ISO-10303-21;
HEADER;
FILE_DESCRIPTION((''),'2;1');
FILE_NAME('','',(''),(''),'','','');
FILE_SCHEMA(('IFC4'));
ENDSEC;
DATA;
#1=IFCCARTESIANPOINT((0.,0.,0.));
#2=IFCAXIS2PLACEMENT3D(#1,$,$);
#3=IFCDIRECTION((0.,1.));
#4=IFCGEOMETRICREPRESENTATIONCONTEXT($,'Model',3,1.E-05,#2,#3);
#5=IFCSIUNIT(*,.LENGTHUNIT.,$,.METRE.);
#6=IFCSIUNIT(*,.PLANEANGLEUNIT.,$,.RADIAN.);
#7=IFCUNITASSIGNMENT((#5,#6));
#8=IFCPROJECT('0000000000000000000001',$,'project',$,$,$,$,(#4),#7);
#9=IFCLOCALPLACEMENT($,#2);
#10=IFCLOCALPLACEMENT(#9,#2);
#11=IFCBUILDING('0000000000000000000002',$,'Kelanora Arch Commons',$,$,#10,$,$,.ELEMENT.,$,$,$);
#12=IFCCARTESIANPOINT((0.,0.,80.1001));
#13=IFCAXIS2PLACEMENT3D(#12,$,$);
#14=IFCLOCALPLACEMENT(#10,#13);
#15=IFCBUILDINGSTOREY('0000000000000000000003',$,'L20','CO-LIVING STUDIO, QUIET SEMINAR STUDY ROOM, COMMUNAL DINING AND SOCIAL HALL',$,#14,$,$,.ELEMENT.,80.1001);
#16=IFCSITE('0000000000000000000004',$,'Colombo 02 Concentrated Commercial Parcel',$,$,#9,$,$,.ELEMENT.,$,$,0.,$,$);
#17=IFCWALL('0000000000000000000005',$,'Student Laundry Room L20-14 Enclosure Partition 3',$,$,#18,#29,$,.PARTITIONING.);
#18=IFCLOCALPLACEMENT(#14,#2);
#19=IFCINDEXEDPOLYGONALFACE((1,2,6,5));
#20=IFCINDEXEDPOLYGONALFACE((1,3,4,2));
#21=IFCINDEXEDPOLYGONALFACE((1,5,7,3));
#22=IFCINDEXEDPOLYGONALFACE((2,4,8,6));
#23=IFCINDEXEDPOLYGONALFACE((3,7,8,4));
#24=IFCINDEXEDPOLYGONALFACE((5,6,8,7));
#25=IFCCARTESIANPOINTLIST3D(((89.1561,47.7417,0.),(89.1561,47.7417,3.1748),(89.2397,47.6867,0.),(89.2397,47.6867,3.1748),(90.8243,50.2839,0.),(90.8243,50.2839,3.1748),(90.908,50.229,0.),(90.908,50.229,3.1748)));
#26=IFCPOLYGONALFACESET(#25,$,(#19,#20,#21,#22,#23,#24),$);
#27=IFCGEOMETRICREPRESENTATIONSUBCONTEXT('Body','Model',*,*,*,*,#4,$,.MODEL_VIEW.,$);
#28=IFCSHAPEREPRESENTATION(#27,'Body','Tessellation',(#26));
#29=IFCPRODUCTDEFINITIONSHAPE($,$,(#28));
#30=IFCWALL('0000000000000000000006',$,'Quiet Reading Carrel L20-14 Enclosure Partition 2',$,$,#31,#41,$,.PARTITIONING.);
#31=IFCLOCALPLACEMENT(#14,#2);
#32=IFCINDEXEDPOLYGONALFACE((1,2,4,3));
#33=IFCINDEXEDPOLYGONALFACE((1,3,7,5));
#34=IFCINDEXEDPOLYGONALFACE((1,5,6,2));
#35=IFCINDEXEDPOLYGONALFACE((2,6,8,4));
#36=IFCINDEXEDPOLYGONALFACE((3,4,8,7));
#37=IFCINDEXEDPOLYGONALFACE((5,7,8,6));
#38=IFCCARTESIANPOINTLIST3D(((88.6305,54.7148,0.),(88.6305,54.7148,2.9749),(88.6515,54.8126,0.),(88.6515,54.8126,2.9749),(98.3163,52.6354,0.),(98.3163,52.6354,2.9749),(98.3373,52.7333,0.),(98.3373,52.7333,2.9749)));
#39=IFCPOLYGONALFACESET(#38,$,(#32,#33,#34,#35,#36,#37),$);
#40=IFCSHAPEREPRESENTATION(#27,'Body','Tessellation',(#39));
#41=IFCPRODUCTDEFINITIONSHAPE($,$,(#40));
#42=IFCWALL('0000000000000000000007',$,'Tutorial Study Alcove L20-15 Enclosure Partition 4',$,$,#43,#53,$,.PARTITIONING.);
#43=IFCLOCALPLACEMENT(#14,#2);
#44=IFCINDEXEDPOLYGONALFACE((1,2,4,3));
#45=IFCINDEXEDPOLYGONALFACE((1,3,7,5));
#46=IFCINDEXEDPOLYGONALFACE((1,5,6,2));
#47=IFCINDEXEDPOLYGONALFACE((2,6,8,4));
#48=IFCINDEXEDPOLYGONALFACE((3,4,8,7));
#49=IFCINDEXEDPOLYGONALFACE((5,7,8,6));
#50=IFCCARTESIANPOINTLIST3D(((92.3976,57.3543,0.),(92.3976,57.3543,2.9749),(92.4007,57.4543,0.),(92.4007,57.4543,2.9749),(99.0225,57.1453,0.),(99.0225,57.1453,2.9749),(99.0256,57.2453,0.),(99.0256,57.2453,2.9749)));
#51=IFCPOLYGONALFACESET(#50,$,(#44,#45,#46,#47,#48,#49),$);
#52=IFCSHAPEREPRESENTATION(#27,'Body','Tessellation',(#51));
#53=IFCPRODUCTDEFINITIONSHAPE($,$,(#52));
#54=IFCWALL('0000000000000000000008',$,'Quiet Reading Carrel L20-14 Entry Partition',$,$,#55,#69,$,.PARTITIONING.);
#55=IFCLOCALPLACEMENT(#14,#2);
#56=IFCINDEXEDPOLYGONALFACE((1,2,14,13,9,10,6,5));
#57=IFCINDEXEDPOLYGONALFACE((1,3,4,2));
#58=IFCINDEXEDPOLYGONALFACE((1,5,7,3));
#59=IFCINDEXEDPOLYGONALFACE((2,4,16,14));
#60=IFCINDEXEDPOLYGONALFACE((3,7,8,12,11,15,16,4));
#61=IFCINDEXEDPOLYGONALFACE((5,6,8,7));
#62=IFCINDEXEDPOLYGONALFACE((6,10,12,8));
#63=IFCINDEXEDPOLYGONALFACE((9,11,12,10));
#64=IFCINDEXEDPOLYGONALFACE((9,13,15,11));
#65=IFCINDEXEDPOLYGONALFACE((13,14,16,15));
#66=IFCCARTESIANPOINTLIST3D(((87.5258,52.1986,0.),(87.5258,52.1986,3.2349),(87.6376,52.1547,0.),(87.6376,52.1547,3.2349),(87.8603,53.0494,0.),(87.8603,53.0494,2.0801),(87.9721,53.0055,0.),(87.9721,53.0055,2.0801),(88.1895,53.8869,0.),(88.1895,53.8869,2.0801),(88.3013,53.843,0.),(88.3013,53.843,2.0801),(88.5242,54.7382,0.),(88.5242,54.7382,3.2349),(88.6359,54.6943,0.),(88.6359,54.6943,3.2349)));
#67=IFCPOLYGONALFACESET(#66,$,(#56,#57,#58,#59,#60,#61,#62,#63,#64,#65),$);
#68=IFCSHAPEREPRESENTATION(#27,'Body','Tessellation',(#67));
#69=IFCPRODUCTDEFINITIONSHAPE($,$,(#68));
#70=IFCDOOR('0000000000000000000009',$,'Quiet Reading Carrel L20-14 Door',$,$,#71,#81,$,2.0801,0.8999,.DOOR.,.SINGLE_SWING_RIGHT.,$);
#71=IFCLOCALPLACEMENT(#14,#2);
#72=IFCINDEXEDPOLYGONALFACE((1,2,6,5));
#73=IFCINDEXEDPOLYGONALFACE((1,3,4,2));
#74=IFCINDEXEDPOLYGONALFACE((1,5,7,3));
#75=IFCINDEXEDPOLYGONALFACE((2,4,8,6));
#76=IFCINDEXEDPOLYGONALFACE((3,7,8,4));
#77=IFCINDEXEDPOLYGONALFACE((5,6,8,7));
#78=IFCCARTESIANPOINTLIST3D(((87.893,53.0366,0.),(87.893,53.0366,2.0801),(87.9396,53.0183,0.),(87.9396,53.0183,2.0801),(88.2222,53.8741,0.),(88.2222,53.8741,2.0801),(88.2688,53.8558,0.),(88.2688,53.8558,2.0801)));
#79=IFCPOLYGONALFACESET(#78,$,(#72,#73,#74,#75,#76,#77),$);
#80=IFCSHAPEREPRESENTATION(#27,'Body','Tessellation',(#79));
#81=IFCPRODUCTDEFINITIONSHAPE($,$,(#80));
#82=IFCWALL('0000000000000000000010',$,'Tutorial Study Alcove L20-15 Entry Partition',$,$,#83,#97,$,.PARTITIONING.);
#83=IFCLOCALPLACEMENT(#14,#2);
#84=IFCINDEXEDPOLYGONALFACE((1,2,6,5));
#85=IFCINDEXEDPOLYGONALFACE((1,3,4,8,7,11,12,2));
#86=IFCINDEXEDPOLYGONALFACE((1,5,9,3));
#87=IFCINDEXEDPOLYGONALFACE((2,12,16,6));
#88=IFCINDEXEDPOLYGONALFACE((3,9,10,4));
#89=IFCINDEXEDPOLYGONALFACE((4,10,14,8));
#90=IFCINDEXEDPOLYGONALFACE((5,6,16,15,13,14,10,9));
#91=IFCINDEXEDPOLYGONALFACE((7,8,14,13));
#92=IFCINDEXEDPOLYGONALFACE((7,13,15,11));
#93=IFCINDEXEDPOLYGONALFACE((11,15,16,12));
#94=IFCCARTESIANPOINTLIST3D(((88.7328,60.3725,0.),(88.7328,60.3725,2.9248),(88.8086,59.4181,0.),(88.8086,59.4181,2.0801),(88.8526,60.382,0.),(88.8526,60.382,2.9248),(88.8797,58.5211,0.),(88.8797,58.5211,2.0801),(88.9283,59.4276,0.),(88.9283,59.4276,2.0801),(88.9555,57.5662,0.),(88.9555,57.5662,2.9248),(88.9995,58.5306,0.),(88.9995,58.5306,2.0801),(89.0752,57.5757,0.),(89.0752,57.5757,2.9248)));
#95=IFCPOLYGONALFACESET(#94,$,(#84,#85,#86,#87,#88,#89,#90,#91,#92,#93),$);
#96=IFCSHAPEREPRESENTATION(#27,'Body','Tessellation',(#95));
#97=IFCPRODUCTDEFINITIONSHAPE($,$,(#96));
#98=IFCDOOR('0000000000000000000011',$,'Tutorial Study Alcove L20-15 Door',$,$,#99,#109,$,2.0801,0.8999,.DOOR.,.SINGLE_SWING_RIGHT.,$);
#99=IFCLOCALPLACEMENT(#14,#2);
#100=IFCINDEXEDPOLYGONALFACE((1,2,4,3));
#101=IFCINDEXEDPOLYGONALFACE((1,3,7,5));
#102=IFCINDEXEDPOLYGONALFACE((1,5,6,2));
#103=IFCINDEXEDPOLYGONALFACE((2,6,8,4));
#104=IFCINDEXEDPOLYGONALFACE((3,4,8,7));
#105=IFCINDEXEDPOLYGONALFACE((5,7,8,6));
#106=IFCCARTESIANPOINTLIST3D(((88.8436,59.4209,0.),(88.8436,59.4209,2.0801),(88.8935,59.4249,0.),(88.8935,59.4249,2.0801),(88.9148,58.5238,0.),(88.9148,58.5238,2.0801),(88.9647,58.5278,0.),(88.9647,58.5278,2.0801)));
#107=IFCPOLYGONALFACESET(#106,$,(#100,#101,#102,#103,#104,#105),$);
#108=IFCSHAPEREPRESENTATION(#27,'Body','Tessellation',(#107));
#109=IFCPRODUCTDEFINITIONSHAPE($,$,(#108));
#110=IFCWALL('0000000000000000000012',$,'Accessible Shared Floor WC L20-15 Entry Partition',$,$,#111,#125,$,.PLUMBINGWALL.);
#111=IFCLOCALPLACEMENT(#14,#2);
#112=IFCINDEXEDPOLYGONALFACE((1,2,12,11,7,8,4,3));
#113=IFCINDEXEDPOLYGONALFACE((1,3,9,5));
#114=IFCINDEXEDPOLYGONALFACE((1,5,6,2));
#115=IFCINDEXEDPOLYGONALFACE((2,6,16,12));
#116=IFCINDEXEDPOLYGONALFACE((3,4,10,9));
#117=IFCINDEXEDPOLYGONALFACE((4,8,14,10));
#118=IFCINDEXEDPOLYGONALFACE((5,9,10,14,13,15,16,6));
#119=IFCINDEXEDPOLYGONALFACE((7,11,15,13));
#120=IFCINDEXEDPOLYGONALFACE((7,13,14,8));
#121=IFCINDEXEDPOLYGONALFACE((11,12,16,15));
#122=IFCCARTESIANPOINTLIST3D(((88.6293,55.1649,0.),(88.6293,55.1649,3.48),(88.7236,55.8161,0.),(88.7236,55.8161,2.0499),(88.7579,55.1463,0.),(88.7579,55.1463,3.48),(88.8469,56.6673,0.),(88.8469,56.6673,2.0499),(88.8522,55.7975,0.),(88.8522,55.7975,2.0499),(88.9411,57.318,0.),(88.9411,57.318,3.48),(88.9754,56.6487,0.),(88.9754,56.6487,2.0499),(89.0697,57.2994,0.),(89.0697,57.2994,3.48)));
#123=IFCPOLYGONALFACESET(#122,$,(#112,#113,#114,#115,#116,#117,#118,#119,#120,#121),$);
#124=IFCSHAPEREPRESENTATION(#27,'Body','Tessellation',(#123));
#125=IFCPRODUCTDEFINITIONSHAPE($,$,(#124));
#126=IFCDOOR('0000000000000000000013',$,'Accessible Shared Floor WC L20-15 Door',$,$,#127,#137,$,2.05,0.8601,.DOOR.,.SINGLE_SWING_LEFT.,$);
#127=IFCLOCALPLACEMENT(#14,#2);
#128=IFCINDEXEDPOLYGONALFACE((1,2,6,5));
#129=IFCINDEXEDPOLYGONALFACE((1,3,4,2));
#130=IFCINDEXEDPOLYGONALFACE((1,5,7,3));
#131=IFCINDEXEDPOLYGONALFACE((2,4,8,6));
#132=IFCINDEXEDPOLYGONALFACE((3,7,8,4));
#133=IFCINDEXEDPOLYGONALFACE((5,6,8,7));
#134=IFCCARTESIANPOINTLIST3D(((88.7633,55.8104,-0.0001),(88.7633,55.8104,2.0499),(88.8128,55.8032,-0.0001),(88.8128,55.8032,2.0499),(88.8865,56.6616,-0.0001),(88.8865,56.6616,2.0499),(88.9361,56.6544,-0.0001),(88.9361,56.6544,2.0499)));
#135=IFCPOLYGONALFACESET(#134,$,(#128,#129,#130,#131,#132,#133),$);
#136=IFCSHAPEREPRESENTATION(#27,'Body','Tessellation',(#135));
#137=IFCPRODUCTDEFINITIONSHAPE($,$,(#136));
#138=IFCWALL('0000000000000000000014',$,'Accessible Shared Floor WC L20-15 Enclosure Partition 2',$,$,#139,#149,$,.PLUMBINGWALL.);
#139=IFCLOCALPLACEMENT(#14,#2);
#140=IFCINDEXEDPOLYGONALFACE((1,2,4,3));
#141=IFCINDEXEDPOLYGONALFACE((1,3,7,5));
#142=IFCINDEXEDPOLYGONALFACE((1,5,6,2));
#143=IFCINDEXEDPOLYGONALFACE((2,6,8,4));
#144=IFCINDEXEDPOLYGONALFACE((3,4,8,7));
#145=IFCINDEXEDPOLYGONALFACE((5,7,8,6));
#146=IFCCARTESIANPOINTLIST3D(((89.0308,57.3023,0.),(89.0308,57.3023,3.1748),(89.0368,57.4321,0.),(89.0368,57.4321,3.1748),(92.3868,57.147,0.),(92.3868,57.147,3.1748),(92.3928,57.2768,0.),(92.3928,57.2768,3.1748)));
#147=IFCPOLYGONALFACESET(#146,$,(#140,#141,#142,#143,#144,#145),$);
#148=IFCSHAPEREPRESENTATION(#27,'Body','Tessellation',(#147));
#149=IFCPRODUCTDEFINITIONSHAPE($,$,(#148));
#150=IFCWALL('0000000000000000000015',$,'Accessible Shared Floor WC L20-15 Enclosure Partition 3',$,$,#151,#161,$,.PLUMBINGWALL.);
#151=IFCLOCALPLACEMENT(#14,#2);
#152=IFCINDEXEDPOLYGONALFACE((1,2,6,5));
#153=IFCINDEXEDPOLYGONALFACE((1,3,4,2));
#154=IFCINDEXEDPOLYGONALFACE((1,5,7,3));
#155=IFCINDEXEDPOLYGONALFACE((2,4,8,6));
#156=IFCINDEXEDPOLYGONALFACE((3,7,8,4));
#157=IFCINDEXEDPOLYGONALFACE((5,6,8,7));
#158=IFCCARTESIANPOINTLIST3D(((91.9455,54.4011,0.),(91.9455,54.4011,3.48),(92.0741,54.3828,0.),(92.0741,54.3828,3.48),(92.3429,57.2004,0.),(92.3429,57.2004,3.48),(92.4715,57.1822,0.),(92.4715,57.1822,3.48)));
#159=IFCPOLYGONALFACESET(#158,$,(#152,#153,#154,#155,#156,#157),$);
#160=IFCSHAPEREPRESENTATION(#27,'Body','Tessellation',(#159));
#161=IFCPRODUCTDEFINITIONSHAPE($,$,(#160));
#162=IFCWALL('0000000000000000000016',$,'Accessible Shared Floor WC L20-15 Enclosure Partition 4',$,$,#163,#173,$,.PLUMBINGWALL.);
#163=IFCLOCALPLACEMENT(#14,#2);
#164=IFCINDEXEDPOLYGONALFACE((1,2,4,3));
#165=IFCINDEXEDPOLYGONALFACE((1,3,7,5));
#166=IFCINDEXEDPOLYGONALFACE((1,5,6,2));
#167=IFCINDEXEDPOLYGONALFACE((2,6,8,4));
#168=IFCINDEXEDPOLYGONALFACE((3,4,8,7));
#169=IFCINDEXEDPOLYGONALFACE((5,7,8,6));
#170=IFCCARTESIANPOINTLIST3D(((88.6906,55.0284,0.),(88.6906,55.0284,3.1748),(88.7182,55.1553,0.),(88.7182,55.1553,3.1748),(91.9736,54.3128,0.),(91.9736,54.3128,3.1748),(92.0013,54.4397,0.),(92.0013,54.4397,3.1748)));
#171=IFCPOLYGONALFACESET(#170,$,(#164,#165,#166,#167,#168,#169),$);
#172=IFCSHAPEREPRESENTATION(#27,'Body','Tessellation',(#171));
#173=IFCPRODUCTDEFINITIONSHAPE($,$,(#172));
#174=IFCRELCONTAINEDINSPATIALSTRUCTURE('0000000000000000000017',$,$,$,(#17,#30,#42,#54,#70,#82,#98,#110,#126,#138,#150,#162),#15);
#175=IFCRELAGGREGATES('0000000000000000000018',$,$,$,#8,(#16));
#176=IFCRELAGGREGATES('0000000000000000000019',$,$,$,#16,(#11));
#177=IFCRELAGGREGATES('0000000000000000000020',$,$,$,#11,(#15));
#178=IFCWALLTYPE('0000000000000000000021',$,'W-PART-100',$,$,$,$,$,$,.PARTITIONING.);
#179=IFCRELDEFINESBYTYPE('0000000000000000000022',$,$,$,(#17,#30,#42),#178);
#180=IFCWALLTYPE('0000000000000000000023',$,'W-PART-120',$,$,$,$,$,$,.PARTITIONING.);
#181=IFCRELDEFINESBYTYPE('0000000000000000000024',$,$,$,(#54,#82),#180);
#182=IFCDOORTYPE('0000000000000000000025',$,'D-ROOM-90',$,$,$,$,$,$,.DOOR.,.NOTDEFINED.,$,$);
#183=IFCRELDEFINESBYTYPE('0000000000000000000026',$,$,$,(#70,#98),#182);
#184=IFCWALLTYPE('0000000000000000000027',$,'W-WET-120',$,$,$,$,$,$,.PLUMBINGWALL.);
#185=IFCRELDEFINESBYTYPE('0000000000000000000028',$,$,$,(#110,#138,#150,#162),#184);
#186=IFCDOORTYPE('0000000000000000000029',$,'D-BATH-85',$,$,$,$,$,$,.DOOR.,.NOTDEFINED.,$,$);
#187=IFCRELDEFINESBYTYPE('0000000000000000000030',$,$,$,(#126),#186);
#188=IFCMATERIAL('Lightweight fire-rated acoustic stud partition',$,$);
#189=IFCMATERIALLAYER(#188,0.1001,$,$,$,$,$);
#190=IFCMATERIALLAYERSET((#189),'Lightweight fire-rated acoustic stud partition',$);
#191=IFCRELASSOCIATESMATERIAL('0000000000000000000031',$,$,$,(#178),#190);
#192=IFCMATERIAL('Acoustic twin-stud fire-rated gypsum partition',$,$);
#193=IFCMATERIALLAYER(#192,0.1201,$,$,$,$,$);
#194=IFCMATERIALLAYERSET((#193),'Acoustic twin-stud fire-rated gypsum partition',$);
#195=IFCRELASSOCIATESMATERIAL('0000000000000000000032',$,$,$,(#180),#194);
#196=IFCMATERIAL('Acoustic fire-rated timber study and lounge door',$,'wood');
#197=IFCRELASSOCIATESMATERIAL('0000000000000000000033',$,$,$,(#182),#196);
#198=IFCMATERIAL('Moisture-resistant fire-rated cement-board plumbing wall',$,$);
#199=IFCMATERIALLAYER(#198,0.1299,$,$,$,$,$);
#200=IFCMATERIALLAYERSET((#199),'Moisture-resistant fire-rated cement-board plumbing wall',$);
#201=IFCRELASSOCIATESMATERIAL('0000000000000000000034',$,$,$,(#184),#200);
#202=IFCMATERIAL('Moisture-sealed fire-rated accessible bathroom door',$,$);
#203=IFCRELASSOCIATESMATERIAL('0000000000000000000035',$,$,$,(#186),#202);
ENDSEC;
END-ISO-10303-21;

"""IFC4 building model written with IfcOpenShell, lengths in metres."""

from ifc_helpers import new_model, si_unit, direction, frame, frame_2d, origin, place, context, subcontext, project, spatial, rectangle, extrude, material, layer, layer_set, type_object, element, fill, save


model = new_model("IFC4")

# Units and contexts
model_context = context("Model", 3, precision=1e-05, world=origin(), true_north=direction((0.0, 1.0)))
body_context = subcontext(model_context, "Body", "Model", "MODEL_VIEW")
ifc_project = project(units=[si_unit("LENGTHUNIT", "METRE"), si_unit("PLANEANGLEUNIT", "RADIAN")], contexts=[model_context])

# Site, building, storey
site_placement = place(None, origin())
site = spatial("IfcSite", under=ifc_project, at=site_placement, Name="Colombo 02 Concentrated Commercial Parcel", CompositionType="ELEMENT", RefElevation=0.0)
building_placement = place(site_placement, origin())
building = spatial("IfcBuilding", under=site, at=building_placement, Name="Kelanora Arch Commons", CompositionType="ELEMENT")
storey_placement = place(building_placement, frame((0.0, 0.0, 80.1001)))
storey = spatial("IfcBuildingStorey", under=building, at=storey_placement, Name="L20", Description="CO-LIVING STUDIO, QUIET SEMINAR STUDY ROOM, COMMUNAL DINING AND SOCIAL HALL", CompositionType="ELEMENT", Elevation=80.1001)

# Walls
ifc_material_1 = material(Name="Lightweight fire-rated acoustic stud partition")
ifc_layer_1 = layer(ifc_material_1, 0.1001)
ifc_layer_set_1 = layer_set([ifc_layer_1], Name="Lightweight fire-rated acoustic stud partition")
wall_type_1 = type_object("IfcWallType", Name="W-PART-100", PredefinedType="PARTITIONING", material=ifc_layer_set_1)
wall_1_placement = place(storey_placement, frame((90.8662, 50.2566, 0.0), z_axis=(0.0, 0.0, 1.0), x_axis=(-0.548627, -0.836067, 0.0)))
element("IfcWall", 1, at=wall_1_placement, inside=storey, type_object=wall_type_1, Name="Student Laundry Room L20-14 Enclosure Partition 3", PredefinedType="PARTITIONING", context=body_context, shape_type="SweptSolid", body=[
    extrude(rectangle(XDim=3.0408, YDim=0.1001, at=frame_2d((1.5205, 0.0))), origin(), (0.0, 0.0, 1.0), 3.1748),
])
wall_2_placement = place(storey_placement, frame((88.6411, 54.7637, 0.0), z_axis=(0.0, 0.0, 1.0), x_axis=(0.977723, -0.209898, 0.0)))
element("IfcWall", 2, at=wall_2_placement, inside=storey, type_object=wall_type_1, Name="Quiet Reading Carrel L20-14 Enclosure Partition 2", PredefinedType="PARTITIONING", context=body_context, shape_type="SweptSolid", body=[
    extrude(rectangle(XDim=9.9065, YDim=0.1001, at=frame_2d((4.9531, 0.0))), origin(), (0.0, 0.0, 1.0), 2.9749),
])
wall_3_placement = place(storey_placement, frame((99.0239, 57.1953, 0.0), z_axis=(0.0, 0.0, 1.0), x_axis=(-0.999503, 0.031529, 0.0)))
element("IfcWall", 3, at=wall_3_placement, inside=storey, type_object=wall_type_1, Name="Tutorial Study Alcove L20-15 Enclosure Partition 4", PredefinedType="PARTITIONING", context=body_context, shape_type="SweptSolid", body=[
    extrude(rectangle(XDim=6.6282, YDim=0.1001, at=frame_2d((3.314, 0.0))), origin(), (0.0, 0.0, 1.0), 2.9749),
])

# Walls, openings, doors
ifc_material_2 = material(Name="Acoustic twin-stud fire-rated gypsum partition")
ifc_layer_2 = layer(ifc_material_2, 0.1201)
ifc_layer_set_2 = layer_set([ifc_layer_2], Name="Acoustic twin-stud fire-rated gypsum partition")
wall_type_2 = type_object("IfcWallType", Name="W-PART-120", PredefinedType="PARTITIONING", material=ifc_layer_set_2)
wall_4_placement = place(storey_placement, frame((87.5818, 52.1768, 0.0), z_axis=(0.0, 0.0, 1.0), x_axis=(0.365846, 0.930675, 0.0)))
wall_4 = element("IfcWall", 4, at=wall_4_placement, inside=storey, type_object=wall_type_2, Name="Quiet Reading Carrel L20-14 Entry Partition", PredefinedType="PARTITIONING", context=body_context, shape_type="SweptSolid", body=[
    extrude(rectangle(XDim=2.7288, YDim=0.1201, at=frame_2d((1.3643, 0.0))), origin(), (0.0, 0.0, 1.0), 3.2349),
])
opening_1_placement = place(wall_4_placement, frame((0.9141, 0.0, 0.0)))
opening_1 = element("IfcOpeningElement", 5, at=opening_1_placement, cuts=wall_4, PredefinedType="OPENING", context=body_context, shape_type="SweptSolid", body=[
    extrude(rectangle(XDim=0.8999, YDim=2.0801, at=frame_2d((0.45, 1.04))), frame((0.0, 0.0701, 0.0), z_axis=(0.0, -1.0, 0.0), x_axis=(1.0, 0.0, 0.0)), (0.0, 0.0, 1.0), 0.1401),
])
ifc_material_3 = material(Name="Acoustic fire-rated timber study and lounge door", Category="wood")
door_type_1 = type_object("IfcDoorType", Name="D-ROOM-90", OperationType="NOTDEFINED", PredefinedType="DOOR", material=ifc_material_3)
door_1_placement = place(opening_1_placement, origin())
door_1 = element("IfcDoor", 6, at=door_1_placement, inside=storey, type_object=door_type_1, Name="Quiet Reading Carrel L20-14 Door", OperationType="SINGLE_SWING_RIGHT", OverallHeight=2.0801, OverallWidth=0.8999, PredefinedType="DOOR", context=body_context, shape_type="SweptSolid", body=[
    extrude(rectangle(XDim=0.8999, YDim=2.0801, at=frame_2d((0.45, 1.04))), frame((0.0, 0.0249, 0.0), z_axis=(0.0, -1.0, 0.0), x_axis=(1.0, 0.0, 0.0)), (0.0, 0.0, 1.0), 0.05),
])
fill(opening_1, door_1)
wall_5_placement = place(storey_placement, frame((89.0154, 57.5708, 0.0), z_axis=(0.0, 0.0, 1.0), x_axis=(-0.07909, 0.996867, 0.0)))
wall_5 = element("IfcWall", 7, at=wall_5_placement, inside=storey, type_object=wall_type_2, Name="Tutorial Study Alcove L20-15 Entry Partition", PredefinedType="PARTITIONING", context=body_context, shape_type="SweptSolid", body=[
    extrude(rectangle(XDim=2.8152, YDim=0.1201, at=frame_2d((1.4077, 0.0))), origin(), (0.0, 0.0, 1.0), 2.9248),
])
opening_2_placement = place(wall_5_placement, frame((0.958, 0.0, 0.0)))
opening_2 = element("IfcOpeningElement", 8, at=opening_2_placement, cuts=wall_5, PredefinedType="OPENING", context=body_context, shape_type="SweptSolid", body=[
    extrude(rectangle(XDim=0.8999, YDim=2.0801, at=frame_2d((0.45, 1.04))), frame((0.0, 0.0701, 0.0), z_axis=(0.0, -1.0, 0.0), x_axis=(1.0, 0.0, 0.0)), (0.0, 0.0, 1.0), 0.1401),
])
door_2_placement = place(opening_2_placement, origin())
door_2 = element("IfcDoor", 9, at=door_2_placement, inside=storey, type_object=door_type_1, Name="Tutorial Study Alcove L20-15 Door", OperationType="SINGLE_SWING_RIGHT", OverallHeight=2.0801, OverallWidth=0.8999, PredefinedType="DOOR", context=body_context, shape_type="SweptSolid", body=[
    extrude(rectangle(XDim=0.8999, YDim=2.0801, at=frame_2d((0.45, 1.04))), frame((0.0, 0.0249, 0.0), z_axis=(0.0, -1.0, 0.0), x_axis=(1.0, 0.0, 0.0)), (0.0, 0.0, 1.0), 0.05),
])
fill(opening_2, door_2)
ifc_material_4 = material(Name="Moisture-resistant fire-rated cement-board plumbing wall")
ifc_layer_3 = layer(ifc_material_4, 0.1299)
ifc_layer_set_3 = layer_set([ifc_layer_3], Name="Moisture-resistant fire-rated cement-board plumbing wall")
wall_type_3 = type_object("IfcWallType", Name="W-WET-120", PredefinedType="PLUMBINGWALL", material=ifc_layer_set_3)
wall_6_placement = place(storey_placement, frame((88.6936, 55.1555, 0.0), z_axis=(0.0, 0.0, 1.0), x_axis=(0.143306, 0.989678, 0.0)))
wall_6 = element("IfcWall", 10, at=wall_6_placement, inside=storey, type_object=wall_type_3, Name="Accessible Shared Floor WC L20-15 Entry Partition", PredefinedType="PLUMBINGWALL", context=body_context, shape_type="SweptSolid", body=[
    extrude(rectangle(XDim=2.1755, YDim=0.1299, at=frame_2d((1.0879, 0.0))), origin(), (0.0, 0.0, 1.0), 3.48),
])
opening_3_placement = place(wall_6_placement, frame((0.658, 0.0, 0.0)))
opening_3 = element("IfcOpeningElement", 11, at=opening_3_placement, cuts=wall_6, PredefinedType="OPENING", context=body_context, shape_type="SweptSolid", body=[
    extrude(rectangle(XDim=0.8601, YDim=2.05, at=frame_2d((0.4302, 1.0249))), frame((0.0, 0.075, 0.0), z_axis=(0.0, -1.0, 0.0), x_axis=(1.0, 0.0, 0.0)), (0.0, 0.0, 1.0), 0.1499),
])
ifc_material_5 = material(Name="Moisture-sealed fire-rated accessible bathroom door")
door_type_2 = type_object("IfcDoorType", Name="D-BATH-85", OperationType="NOTDEFINED", PredefinedType="DOOR", material=ifc_material_5)
door_3_placement = place(opening_3_placement, origin())
door_3 = element("IfcDoor", 12, at=door_3_placement, inside=storey, type_object=door_type_2, Name="Accessible Shared Floor WC L20-15 Door", OperationType="SINGLE_SWING_LEFT", OverallHeight=2.05, OverallWidth=0.8601, PredefinedType="DOOR", context=body_context, shape_type="SweptSolid", body=[
    extrude(rectangle(XDim=0.8601, YDim=2.05, at=frame_2d((0.4302, 1.0249))), frame((0.0, 0.0249, 0.0), z_axis=(0.0, -1.0, 0.0), x_axis=(1.0, 0.0, 0.0)), (0.0, 0.0, 1.0), 0.05),
])
fill(opening_3, door_3)

# Walls
wall_7_placement = place(storey_placement, frame((89.0339, 57.3672, 0.0), z_axis=(0.0, 0.0, 1.0), x_axis=(0.998931, -0.046219, 0.0)))
element("IfcWall", 13, at=wall_7_placement, inside=storey, type_object=wall_type_3, Name="Accessible Shared Floor WC L20-15 Enclosure Partition 2", PredefinedType="PLUMBINGWALL", context=body_context, shape_type="SweptSolid", body=[
    extrude(rectangle(XDim=3.3596, YDim=0.1299, at=frame_2d((1.6797, 0.0))), origin(), (0.0, 0.0, 1.0), 3.1748),
])
wall_8_placement = place(storey_placement, frame((92.4072, 57.1912, 0.0), z_axis=(0.0, 0.0, 1.0), x_axis=(-0.140575, -0.99007, 0.0)))
element("IfcWall", 14, at=wall_8_placement, inside=storey, type_object=wall_type_3, Name="Accessible Shared Floor WC L20-15 Enclosure Partition 3", PredefinedType="PLUMBINGWALL", context=body_context, shape_type="SweptSolid", body=[
    extrude(rectangle(XDim=2.8274, YDim=0.1299, at=frame_2d((1.4136, 0.0))), origin(), (0.0, 0.0, 1.0), 3.48),
])
wall_9_placement = place(storey_placement, frame((91.9875, 54.3762, 0.0), z_axis=(0.0, 0.0, 1.0), x_axis=(-0.977059, 0.212967, 0.0)))
element("IfcWall", 15, at=wall_9_placement, inside=storey, type_object=wall_type_3, Name="Accessible Shared Floor WC L20-15 Enclosure Partition 4", PredefinedType="PLUMBINGWALL", context=body_context, shape_type="SweptSolid", body=[
    extrude(rectangle(XDim=3.3601, YDim=0.1299, at=frame_2d((1.6802, 0.0))), origin(), (0.0, 0.0, 1.0), 3.1748),
])

save(model, "model.ifc")
